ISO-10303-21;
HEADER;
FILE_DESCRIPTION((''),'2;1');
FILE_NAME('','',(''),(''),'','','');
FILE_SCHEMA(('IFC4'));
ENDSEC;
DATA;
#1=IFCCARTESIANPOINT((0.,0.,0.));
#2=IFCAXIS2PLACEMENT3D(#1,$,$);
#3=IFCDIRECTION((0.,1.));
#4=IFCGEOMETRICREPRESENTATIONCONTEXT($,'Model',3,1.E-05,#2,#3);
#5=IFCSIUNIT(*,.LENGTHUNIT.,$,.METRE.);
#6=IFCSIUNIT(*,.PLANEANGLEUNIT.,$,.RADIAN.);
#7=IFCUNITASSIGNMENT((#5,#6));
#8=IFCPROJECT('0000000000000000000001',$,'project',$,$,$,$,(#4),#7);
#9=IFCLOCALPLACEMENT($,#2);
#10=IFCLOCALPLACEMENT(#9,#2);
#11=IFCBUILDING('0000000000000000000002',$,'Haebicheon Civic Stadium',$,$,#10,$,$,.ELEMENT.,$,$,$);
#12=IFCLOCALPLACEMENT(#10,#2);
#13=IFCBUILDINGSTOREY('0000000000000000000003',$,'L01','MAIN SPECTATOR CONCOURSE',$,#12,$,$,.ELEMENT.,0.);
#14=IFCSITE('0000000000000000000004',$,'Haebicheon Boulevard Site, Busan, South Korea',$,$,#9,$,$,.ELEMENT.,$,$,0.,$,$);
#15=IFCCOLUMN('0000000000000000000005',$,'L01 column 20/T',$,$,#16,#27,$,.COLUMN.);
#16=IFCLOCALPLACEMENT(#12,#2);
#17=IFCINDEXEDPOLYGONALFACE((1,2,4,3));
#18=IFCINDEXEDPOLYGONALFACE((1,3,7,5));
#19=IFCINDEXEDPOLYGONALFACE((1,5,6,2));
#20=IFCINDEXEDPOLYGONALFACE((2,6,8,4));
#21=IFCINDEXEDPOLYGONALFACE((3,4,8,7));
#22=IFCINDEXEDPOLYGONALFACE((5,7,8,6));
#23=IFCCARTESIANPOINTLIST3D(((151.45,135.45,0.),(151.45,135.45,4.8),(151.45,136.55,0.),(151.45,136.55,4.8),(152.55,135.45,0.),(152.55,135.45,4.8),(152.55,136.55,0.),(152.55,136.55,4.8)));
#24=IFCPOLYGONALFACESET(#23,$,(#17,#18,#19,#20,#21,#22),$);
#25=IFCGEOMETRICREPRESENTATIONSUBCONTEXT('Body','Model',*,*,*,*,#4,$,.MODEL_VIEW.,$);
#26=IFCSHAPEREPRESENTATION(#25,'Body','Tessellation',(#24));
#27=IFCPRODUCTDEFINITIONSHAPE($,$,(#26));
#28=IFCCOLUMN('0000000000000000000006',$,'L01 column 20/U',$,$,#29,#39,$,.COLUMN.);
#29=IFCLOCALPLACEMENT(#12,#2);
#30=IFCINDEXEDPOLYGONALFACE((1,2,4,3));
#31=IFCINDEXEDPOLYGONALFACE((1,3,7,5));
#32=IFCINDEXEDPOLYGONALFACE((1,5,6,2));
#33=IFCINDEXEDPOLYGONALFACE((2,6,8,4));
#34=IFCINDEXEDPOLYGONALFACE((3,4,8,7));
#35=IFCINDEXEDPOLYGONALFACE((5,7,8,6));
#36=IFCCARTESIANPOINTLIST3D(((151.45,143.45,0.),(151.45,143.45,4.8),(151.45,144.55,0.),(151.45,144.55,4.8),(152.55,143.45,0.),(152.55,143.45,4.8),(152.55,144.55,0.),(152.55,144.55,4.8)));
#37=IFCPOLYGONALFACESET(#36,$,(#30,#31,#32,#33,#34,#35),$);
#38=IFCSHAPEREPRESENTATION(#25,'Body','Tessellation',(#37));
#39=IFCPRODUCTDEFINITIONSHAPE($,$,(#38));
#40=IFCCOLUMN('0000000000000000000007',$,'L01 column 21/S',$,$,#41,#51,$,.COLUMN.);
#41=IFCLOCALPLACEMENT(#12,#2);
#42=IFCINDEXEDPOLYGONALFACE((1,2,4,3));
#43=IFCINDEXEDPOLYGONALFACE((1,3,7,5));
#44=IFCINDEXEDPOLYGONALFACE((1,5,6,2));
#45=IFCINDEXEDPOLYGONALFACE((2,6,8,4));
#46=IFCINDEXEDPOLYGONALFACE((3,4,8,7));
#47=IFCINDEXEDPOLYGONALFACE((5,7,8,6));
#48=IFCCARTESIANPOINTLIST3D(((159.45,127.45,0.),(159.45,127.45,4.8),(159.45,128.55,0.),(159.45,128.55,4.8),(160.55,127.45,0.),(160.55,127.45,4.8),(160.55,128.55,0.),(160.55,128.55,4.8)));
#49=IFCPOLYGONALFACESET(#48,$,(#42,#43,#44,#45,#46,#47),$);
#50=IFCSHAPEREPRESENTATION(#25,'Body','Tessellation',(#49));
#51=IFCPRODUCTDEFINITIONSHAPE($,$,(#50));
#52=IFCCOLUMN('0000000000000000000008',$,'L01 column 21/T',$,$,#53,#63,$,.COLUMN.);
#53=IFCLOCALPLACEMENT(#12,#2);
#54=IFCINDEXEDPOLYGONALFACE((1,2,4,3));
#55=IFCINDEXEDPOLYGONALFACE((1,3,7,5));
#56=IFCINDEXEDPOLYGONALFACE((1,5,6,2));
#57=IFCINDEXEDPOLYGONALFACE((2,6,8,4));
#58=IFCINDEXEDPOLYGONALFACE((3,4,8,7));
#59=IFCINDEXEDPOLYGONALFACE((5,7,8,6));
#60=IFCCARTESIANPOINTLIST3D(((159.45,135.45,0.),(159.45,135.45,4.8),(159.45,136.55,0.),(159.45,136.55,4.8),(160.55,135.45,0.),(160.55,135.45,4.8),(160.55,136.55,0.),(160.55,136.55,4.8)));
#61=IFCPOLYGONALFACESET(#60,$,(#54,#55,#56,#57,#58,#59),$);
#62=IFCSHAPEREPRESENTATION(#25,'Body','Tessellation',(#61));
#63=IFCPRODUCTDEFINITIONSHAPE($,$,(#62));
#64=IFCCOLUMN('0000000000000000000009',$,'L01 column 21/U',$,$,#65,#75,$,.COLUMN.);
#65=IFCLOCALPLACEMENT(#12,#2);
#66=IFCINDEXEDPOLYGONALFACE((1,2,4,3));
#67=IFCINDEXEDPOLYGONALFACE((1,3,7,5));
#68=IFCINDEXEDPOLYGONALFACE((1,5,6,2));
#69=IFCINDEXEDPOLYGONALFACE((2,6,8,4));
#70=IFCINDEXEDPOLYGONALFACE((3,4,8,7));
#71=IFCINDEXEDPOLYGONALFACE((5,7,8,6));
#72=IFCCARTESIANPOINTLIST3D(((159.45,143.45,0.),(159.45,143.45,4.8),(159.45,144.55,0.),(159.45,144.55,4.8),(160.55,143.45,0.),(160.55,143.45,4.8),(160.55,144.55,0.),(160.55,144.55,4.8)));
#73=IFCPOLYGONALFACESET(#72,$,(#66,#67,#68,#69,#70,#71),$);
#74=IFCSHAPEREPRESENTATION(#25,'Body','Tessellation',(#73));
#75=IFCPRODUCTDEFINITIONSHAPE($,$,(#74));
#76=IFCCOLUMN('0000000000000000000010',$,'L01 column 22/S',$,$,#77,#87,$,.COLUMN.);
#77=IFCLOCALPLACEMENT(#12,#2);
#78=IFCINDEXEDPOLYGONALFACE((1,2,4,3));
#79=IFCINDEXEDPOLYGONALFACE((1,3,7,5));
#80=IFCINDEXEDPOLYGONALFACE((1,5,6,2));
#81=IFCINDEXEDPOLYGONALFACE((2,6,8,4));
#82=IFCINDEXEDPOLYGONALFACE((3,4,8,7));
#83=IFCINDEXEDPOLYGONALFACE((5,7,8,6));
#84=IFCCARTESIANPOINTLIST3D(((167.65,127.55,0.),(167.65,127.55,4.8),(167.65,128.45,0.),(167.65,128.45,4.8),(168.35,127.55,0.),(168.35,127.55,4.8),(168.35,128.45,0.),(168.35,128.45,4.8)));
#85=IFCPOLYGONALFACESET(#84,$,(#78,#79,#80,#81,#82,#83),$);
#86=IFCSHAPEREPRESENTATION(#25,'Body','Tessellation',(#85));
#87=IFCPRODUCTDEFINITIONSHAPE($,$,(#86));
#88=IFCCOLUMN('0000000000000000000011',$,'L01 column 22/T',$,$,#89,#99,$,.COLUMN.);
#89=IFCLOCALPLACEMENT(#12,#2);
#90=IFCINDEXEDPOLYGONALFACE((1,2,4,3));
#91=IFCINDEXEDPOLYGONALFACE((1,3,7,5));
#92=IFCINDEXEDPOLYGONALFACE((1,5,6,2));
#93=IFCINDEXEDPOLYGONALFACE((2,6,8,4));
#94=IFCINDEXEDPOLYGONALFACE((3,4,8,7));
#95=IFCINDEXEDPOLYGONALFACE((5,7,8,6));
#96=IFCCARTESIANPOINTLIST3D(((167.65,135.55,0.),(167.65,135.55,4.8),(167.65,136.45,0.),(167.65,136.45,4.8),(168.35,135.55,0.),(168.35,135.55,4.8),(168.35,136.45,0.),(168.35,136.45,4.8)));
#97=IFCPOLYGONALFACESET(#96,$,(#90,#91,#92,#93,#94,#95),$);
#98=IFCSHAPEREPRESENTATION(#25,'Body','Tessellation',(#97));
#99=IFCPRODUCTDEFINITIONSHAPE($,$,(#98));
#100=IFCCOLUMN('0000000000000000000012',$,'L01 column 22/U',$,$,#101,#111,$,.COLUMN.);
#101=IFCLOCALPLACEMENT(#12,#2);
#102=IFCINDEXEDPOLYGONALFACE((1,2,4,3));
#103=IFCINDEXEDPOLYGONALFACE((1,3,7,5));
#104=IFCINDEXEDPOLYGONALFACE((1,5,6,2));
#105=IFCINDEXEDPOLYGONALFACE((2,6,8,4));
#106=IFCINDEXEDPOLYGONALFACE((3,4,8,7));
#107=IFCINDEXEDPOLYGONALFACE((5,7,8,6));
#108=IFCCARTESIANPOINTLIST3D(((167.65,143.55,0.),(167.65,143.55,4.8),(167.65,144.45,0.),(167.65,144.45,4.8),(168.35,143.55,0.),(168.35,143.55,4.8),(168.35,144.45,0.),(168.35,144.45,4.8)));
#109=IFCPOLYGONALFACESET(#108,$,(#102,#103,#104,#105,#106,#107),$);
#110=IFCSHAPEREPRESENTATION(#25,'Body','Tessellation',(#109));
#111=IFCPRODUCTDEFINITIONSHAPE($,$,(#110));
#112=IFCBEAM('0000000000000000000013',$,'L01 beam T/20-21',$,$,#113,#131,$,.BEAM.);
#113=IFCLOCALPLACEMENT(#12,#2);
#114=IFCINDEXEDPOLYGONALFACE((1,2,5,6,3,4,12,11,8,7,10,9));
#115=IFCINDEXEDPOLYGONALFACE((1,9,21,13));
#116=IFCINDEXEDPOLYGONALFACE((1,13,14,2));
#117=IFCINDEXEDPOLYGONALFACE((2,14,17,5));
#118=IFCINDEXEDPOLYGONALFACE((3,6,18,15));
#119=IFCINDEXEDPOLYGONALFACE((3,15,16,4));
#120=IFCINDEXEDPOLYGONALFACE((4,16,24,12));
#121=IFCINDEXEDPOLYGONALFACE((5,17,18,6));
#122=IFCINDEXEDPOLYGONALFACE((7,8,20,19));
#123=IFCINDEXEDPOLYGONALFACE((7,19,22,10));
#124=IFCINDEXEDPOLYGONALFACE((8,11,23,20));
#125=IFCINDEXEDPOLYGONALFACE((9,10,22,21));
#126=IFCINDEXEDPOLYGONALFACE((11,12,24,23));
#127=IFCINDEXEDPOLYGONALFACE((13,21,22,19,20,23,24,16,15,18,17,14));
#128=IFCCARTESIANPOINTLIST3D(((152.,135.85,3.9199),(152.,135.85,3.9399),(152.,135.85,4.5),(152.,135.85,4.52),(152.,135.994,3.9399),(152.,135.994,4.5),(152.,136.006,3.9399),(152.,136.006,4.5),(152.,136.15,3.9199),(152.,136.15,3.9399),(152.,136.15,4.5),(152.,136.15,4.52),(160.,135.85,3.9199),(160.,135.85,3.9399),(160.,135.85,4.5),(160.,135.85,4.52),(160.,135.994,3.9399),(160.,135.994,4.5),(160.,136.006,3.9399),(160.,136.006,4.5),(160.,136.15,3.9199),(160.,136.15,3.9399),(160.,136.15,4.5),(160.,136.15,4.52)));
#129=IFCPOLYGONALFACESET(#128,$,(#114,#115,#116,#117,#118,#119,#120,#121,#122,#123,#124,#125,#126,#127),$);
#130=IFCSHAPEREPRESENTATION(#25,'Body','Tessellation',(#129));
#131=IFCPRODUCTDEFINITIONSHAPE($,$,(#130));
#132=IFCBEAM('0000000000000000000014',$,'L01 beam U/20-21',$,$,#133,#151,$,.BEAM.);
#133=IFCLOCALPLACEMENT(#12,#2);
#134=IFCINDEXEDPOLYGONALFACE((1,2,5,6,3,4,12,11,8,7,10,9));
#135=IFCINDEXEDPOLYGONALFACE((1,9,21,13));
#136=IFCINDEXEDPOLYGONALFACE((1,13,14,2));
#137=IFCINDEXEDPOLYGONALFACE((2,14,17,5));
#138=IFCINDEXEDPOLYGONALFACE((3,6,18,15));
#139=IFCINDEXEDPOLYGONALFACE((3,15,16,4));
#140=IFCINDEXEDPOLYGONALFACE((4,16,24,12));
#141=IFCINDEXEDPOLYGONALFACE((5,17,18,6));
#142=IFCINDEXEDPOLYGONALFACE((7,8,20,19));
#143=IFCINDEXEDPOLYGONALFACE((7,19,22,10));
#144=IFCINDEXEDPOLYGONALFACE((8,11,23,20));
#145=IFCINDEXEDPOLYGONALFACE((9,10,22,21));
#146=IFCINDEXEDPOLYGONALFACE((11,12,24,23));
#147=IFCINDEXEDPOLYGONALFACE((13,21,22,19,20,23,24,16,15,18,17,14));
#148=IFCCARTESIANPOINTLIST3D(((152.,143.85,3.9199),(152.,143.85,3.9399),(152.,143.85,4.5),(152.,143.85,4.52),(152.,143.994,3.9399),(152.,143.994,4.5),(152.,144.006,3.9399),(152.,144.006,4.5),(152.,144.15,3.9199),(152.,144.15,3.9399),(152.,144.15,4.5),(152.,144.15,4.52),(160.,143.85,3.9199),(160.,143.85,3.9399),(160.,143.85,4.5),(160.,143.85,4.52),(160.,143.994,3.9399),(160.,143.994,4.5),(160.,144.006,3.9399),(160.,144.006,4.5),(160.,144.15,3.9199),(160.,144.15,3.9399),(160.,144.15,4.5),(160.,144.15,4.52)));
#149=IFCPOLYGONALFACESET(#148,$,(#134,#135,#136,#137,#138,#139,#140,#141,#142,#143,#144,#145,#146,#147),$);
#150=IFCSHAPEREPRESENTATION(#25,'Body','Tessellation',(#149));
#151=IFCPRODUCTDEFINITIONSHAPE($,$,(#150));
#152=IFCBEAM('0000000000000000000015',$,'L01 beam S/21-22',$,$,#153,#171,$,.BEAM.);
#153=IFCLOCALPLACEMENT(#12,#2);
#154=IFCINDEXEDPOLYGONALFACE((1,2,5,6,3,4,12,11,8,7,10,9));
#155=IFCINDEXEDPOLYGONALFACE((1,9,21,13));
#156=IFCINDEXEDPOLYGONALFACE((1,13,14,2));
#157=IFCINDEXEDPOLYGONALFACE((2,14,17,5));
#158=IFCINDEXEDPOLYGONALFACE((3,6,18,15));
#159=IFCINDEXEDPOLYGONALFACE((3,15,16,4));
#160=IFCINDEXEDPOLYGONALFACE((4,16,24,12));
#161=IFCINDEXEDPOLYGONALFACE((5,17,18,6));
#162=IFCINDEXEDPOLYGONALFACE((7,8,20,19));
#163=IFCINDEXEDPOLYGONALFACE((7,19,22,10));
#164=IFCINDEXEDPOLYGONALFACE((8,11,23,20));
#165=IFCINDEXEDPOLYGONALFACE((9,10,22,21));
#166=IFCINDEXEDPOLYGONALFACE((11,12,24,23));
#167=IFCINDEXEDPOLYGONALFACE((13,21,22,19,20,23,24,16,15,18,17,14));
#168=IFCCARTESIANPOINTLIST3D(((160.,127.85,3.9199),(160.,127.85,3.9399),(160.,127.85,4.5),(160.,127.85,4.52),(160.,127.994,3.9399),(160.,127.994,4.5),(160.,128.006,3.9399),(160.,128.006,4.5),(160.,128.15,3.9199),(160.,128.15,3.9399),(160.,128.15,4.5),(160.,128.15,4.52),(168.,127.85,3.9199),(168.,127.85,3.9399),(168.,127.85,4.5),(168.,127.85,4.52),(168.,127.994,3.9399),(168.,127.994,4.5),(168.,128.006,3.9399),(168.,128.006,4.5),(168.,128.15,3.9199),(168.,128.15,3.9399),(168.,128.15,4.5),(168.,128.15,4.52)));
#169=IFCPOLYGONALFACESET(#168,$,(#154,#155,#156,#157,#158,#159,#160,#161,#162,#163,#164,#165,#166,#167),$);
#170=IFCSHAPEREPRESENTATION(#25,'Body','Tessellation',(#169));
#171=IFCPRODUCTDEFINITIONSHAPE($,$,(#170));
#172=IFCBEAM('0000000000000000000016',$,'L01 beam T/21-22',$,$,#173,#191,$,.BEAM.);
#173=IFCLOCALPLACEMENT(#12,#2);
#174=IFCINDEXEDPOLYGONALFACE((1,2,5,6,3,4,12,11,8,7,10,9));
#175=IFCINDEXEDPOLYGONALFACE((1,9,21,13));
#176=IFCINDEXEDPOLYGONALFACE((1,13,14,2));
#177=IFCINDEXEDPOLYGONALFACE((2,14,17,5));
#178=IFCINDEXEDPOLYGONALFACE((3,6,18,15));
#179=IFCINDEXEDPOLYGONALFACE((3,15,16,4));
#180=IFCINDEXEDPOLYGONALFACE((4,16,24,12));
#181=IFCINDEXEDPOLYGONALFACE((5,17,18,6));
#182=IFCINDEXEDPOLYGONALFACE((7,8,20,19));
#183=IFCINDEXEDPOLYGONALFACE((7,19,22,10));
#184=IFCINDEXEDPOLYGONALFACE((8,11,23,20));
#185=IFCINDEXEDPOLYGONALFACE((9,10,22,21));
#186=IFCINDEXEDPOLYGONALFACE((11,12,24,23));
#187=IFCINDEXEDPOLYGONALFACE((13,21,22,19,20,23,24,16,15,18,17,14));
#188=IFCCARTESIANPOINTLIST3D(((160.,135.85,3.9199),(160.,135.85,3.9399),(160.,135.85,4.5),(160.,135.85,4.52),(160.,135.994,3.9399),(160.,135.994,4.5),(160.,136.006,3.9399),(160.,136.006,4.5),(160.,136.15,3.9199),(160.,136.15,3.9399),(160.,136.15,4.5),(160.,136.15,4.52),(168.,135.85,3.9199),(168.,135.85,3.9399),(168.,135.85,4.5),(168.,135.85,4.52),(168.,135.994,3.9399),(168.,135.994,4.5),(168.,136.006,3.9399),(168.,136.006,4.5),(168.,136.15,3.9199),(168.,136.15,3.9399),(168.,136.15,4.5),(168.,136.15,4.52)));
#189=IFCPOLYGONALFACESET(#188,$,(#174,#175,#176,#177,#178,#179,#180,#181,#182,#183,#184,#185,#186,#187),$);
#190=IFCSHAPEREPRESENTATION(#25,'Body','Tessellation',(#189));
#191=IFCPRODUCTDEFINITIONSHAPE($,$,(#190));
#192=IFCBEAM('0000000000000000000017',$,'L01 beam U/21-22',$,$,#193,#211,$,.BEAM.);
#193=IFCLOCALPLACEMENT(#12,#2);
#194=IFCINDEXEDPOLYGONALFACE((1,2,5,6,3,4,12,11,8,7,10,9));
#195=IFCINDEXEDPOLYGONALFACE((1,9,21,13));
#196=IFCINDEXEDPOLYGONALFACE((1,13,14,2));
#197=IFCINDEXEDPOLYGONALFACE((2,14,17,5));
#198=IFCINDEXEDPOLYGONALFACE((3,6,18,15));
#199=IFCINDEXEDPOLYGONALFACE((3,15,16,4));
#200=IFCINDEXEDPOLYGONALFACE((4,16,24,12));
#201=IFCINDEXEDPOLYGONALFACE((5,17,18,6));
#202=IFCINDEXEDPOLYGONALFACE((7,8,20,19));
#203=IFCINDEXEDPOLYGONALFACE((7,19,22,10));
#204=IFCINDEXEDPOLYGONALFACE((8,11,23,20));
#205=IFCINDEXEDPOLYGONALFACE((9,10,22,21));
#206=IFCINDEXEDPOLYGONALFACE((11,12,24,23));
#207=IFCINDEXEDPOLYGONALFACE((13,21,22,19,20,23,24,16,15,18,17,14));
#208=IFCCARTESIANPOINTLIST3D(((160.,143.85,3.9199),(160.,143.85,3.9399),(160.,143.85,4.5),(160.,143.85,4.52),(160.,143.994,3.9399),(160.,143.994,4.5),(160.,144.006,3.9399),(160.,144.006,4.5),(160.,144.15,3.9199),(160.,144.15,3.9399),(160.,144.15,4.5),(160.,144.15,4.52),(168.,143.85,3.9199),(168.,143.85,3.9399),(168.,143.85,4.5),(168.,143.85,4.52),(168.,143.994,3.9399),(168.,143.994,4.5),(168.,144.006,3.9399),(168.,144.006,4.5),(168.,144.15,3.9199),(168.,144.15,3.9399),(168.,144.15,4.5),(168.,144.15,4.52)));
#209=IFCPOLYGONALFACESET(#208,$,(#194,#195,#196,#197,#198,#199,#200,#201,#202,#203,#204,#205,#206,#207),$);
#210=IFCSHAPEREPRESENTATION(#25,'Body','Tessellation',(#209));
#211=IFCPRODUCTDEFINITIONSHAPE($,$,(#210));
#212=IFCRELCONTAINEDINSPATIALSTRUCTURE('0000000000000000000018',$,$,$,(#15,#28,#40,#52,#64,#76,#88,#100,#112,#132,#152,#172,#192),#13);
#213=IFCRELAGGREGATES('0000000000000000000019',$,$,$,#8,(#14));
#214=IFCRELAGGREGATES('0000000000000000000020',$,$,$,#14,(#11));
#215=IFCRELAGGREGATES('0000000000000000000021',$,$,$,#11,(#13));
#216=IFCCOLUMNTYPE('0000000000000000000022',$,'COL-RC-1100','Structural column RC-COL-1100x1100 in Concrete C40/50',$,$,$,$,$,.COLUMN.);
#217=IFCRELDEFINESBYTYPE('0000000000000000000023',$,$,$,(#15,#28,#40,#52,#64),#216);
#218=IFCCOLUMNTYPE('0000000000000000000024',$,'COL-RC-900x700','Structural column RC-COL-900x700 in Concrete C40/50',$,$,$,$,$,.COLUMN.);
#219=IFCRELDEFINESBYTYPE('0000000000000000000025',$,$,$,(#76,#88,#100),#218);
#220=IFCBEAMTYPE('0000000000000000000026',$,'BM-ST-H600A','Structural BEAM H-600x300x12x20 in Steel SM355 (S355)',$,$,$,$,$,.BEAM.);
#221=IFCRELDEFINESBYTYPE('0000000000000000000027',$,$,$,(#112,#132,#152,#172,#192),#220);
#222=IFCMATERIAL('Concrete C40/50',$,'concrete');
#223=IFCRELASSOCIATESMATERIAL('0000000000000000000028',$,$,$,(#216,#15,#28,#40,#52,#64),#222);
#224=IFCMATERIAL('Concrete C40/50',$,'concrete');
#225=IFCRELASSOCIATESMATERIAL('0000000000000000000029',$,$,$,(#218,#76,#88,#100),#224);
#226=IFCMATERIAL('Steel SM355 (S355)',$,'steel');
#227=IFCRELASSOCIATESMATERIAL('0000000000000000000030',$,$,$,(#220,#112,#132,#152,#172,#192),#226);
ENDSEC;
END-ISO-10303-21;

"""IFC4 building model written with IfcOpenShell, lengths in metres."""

from ifc_helpers import new_model, si_unit, direction, frame, origin, origin_2d, place, context, subcontext, project, spatial, rectangle, i_section, extrude, material, material_profile, profile_set, type_object, element, save


model = new_model("IFC4")

# Units and contexts
model_context = context("Model", 3, precision=1e-05, world=origin(), true_north=direction((0.0, 1.0)))
body_context = subcontext(model_context, "Body", "Model", "MODEL_VIEW")
ifc_project = project(units=[si_unit("LENGTHUNIT", "METRE"), si_unit("PLANEANGLEUNIT", "RADIAN")], contexts=[model_context])

# Site, building, storey
site_placement = place(None, origin())
site = spatial("IfcSite", under=ifc_project, at=site_placement, Name="Haebicheon Boulevard Site, Busan, South Korea", CompositionType="ELEMENT", RefElevation=0.0)
building_placement = place(site_placement, origin())
building = spatial("IfcBuilding", under=site, at=building_placement, Name="Haebicheon Civic Stadium", CompositionType="ELEMENT")
storey_placement = place(building_placement, origin())
storey = spatial("IfcBuildingStorey", under=building, at=storey_placement, Name="L01", Description="MAIN SPECTATOR CONCOURSE", CompositionType="ELEMENT", Elevation=0.0)

# Columns
ifc_material_1 = material(Name="Concrete C40/50", Category="concrete")
ifc_material_profile_1 = material_profile(ifc_material_1, rectangle(XDim=1.1001, YDim=1.1001, at=origin_2d()), Name="RC-COL-1100x1100")
ifc_profile_set_1 = profile_set([ifc_material_profile_1], Name="Concrete C40/50")
column_type_1 = type_object("IfcColumnType", Name="COL-RC-1100", Description="Structural column RC-COL-1100x1100 in Concrete C40/50", PredefinedType="COLUMN", material=ifc_profile_set_1)
for number, where, z_axis, x_axis, name in (
    (1, (152.0, 136.0, 0.0), (0.0, 0.0, 1.0), (1.0, 0.0, 0.0), "L01 column 20/T"),
    (2, (152.0, 144.0, 0.0), (0.0, 0.0, 1.0), (1.0, 0.0, 0.0), "L01 column 20/U"),
    (3, (160.0, 128.0, 0.0), (0.0, 0.0, 1.0), (1.0, 0.0, 0.0), "L01 column 21/S"),
    (4, (160.0, 136.0, 0.0), (0.0, 0.0, 1.0), (1.0, 0.0, 0.0), "L01 column 21/T"),
    (5, (160.0, 144.0, 0.0), (0.0, 0.0, 1.0), (1.0, 0.0, 0.0), "L01 column 21/U"),
):
    element("IfcColumn", number, at=place(storey_placement, frame(where, z_axis=z_axis, x_axis=x_axis)), inside=storey, type_object=column_type_1, material=ifc_profile_set_1, Name=name, PredefinedType="COLUMN", context=body_context, shape_type="SweptSolid", body=[
        extrude(rectangle(XDim=1.1001, YDim=1.1001, at=origin_2d()), origin(), (0.0, 0.0, 1.0), 4.8),
    ])
ifc_material_2 = material(Name="Concrete C40/50", Category="concrete")
ifc_material_profile_2 = material_profile(ifc_material_2, rectangle(XDim=0.7, YDim=0.8999, at=origin_2d()), Name="RC-COL-900x700")
ifc_profile_set_2 = profile_set([ifc_material_profile_2], Name="Concrete C40/50")
column_type_2 = type_object("IfcColumnType", Name="COL-RC-900x700", Description="Structural column RC-COL-900x700 in Concrete C40/50", PredefinedType="COLUMN", material=ifc_profile_set_2)
for number, where, z_axis, x_axis, name in (
    (6, (168.0, 128.0, 0.0), (0.0, 0.0, 1.0), (1.0, 0.0, 0.0), "L01 column 22/S"),
    (7, (168.0, 136.0, 0.0), (0.0, 0.0, 1.0), (1.0, 0.0, 0.0), "L01 column 22/T"),
    (8, (168.0, 144.0, 0.0), (0.0, 0.0, 1.0), (1.0, 0.0, 0.0), "L01 column 22/U"),
):
    element("IfcColumn", number, at=place(storey_placement, frame(where, z_axis=z_axis, x_axis=x_axis)), inside=storey, type_object=column_type_2, material=ifc_profile_set_2, Name=name, PredefinedType="COLUMN", context=body_context, shape_type="SweptSolid", body=[
        extrude(rectangle(XDim=0.7, YDim=0.8999, at=origin_2d()), origin(), (0.0, 0.0, 1.0), 4.8),
    ])

# Beams
ifc_material_3 = material(Name="Steel SM355 (S355)", Category="steel")
ifc_material_profile_3 = material_profile(ifc_material_3, i_section(OverallWidth=0.3, OverallDepth=0.6001, WebThickness=0.012, FlangeThickness=0.02, at=origin_2d()), Name="H-600x300x12x20")
ifc_profile_set_3 = profile_set([ifc_material_profile_3], Name="Steel SM355 (S355)")
beam_type_1 = type_object("IfcBeamType", Name="BM-ST-H600A", Description="Structural BEAM H-600x300x12x20 in Steel SM355 (S355)", PredefinedType="BEAM", material=ifc_profile_set_3)
for number, where, z_axis, x_axis, name in (
    (9, (152.0, 136.0, 4.22), (1.0, 0.0, 0.0), (0.0, 1.0, 0.0), "L01 beam T/20-21"),
    (10, (152.0, 144.0, 4.22), (1.0, 0.0, 0.0), (0.0, 1.0, 0.0), "L01 beam U/20-21"),
    (11, (160.0, 128.0, 4.22), (1.0, 0.0, 0.0), (0.0, 1.0, 0.0), "L01 beam S/21-22"),
    (12, (160.0, 136.0, 4.22), (1.0, 0.0, 0.0), (0.0, 1.0, 0.0), "L01 beam T/21-22"),
    (13, (160.0, 144.0, 4.22), (1.0, 0.0, 0.0), (0.0, 1.0, 0.0), "L01 beam U/21-22"),
):
    element("IfcBeam", number, at=place(storey_placement, frame(where, z_axis=z_axis, x_axis=x_axis)), inside=storey, type_object=beam_type_1, material=ifc_profile_set_3, Name=name, PredefinedType="BEAM", context=body_context, shape_type="SweptSolid", body=[
        extrude(i_section(OverallWidth=0.3, OverallDepth=0.6001, WebThickness=0.012, FlangeThickness=0.02, at=origin_2d()), origin(), (0.0, 0.0, 1.0), 8.0),
    ])

save(model, "model.ifc")
